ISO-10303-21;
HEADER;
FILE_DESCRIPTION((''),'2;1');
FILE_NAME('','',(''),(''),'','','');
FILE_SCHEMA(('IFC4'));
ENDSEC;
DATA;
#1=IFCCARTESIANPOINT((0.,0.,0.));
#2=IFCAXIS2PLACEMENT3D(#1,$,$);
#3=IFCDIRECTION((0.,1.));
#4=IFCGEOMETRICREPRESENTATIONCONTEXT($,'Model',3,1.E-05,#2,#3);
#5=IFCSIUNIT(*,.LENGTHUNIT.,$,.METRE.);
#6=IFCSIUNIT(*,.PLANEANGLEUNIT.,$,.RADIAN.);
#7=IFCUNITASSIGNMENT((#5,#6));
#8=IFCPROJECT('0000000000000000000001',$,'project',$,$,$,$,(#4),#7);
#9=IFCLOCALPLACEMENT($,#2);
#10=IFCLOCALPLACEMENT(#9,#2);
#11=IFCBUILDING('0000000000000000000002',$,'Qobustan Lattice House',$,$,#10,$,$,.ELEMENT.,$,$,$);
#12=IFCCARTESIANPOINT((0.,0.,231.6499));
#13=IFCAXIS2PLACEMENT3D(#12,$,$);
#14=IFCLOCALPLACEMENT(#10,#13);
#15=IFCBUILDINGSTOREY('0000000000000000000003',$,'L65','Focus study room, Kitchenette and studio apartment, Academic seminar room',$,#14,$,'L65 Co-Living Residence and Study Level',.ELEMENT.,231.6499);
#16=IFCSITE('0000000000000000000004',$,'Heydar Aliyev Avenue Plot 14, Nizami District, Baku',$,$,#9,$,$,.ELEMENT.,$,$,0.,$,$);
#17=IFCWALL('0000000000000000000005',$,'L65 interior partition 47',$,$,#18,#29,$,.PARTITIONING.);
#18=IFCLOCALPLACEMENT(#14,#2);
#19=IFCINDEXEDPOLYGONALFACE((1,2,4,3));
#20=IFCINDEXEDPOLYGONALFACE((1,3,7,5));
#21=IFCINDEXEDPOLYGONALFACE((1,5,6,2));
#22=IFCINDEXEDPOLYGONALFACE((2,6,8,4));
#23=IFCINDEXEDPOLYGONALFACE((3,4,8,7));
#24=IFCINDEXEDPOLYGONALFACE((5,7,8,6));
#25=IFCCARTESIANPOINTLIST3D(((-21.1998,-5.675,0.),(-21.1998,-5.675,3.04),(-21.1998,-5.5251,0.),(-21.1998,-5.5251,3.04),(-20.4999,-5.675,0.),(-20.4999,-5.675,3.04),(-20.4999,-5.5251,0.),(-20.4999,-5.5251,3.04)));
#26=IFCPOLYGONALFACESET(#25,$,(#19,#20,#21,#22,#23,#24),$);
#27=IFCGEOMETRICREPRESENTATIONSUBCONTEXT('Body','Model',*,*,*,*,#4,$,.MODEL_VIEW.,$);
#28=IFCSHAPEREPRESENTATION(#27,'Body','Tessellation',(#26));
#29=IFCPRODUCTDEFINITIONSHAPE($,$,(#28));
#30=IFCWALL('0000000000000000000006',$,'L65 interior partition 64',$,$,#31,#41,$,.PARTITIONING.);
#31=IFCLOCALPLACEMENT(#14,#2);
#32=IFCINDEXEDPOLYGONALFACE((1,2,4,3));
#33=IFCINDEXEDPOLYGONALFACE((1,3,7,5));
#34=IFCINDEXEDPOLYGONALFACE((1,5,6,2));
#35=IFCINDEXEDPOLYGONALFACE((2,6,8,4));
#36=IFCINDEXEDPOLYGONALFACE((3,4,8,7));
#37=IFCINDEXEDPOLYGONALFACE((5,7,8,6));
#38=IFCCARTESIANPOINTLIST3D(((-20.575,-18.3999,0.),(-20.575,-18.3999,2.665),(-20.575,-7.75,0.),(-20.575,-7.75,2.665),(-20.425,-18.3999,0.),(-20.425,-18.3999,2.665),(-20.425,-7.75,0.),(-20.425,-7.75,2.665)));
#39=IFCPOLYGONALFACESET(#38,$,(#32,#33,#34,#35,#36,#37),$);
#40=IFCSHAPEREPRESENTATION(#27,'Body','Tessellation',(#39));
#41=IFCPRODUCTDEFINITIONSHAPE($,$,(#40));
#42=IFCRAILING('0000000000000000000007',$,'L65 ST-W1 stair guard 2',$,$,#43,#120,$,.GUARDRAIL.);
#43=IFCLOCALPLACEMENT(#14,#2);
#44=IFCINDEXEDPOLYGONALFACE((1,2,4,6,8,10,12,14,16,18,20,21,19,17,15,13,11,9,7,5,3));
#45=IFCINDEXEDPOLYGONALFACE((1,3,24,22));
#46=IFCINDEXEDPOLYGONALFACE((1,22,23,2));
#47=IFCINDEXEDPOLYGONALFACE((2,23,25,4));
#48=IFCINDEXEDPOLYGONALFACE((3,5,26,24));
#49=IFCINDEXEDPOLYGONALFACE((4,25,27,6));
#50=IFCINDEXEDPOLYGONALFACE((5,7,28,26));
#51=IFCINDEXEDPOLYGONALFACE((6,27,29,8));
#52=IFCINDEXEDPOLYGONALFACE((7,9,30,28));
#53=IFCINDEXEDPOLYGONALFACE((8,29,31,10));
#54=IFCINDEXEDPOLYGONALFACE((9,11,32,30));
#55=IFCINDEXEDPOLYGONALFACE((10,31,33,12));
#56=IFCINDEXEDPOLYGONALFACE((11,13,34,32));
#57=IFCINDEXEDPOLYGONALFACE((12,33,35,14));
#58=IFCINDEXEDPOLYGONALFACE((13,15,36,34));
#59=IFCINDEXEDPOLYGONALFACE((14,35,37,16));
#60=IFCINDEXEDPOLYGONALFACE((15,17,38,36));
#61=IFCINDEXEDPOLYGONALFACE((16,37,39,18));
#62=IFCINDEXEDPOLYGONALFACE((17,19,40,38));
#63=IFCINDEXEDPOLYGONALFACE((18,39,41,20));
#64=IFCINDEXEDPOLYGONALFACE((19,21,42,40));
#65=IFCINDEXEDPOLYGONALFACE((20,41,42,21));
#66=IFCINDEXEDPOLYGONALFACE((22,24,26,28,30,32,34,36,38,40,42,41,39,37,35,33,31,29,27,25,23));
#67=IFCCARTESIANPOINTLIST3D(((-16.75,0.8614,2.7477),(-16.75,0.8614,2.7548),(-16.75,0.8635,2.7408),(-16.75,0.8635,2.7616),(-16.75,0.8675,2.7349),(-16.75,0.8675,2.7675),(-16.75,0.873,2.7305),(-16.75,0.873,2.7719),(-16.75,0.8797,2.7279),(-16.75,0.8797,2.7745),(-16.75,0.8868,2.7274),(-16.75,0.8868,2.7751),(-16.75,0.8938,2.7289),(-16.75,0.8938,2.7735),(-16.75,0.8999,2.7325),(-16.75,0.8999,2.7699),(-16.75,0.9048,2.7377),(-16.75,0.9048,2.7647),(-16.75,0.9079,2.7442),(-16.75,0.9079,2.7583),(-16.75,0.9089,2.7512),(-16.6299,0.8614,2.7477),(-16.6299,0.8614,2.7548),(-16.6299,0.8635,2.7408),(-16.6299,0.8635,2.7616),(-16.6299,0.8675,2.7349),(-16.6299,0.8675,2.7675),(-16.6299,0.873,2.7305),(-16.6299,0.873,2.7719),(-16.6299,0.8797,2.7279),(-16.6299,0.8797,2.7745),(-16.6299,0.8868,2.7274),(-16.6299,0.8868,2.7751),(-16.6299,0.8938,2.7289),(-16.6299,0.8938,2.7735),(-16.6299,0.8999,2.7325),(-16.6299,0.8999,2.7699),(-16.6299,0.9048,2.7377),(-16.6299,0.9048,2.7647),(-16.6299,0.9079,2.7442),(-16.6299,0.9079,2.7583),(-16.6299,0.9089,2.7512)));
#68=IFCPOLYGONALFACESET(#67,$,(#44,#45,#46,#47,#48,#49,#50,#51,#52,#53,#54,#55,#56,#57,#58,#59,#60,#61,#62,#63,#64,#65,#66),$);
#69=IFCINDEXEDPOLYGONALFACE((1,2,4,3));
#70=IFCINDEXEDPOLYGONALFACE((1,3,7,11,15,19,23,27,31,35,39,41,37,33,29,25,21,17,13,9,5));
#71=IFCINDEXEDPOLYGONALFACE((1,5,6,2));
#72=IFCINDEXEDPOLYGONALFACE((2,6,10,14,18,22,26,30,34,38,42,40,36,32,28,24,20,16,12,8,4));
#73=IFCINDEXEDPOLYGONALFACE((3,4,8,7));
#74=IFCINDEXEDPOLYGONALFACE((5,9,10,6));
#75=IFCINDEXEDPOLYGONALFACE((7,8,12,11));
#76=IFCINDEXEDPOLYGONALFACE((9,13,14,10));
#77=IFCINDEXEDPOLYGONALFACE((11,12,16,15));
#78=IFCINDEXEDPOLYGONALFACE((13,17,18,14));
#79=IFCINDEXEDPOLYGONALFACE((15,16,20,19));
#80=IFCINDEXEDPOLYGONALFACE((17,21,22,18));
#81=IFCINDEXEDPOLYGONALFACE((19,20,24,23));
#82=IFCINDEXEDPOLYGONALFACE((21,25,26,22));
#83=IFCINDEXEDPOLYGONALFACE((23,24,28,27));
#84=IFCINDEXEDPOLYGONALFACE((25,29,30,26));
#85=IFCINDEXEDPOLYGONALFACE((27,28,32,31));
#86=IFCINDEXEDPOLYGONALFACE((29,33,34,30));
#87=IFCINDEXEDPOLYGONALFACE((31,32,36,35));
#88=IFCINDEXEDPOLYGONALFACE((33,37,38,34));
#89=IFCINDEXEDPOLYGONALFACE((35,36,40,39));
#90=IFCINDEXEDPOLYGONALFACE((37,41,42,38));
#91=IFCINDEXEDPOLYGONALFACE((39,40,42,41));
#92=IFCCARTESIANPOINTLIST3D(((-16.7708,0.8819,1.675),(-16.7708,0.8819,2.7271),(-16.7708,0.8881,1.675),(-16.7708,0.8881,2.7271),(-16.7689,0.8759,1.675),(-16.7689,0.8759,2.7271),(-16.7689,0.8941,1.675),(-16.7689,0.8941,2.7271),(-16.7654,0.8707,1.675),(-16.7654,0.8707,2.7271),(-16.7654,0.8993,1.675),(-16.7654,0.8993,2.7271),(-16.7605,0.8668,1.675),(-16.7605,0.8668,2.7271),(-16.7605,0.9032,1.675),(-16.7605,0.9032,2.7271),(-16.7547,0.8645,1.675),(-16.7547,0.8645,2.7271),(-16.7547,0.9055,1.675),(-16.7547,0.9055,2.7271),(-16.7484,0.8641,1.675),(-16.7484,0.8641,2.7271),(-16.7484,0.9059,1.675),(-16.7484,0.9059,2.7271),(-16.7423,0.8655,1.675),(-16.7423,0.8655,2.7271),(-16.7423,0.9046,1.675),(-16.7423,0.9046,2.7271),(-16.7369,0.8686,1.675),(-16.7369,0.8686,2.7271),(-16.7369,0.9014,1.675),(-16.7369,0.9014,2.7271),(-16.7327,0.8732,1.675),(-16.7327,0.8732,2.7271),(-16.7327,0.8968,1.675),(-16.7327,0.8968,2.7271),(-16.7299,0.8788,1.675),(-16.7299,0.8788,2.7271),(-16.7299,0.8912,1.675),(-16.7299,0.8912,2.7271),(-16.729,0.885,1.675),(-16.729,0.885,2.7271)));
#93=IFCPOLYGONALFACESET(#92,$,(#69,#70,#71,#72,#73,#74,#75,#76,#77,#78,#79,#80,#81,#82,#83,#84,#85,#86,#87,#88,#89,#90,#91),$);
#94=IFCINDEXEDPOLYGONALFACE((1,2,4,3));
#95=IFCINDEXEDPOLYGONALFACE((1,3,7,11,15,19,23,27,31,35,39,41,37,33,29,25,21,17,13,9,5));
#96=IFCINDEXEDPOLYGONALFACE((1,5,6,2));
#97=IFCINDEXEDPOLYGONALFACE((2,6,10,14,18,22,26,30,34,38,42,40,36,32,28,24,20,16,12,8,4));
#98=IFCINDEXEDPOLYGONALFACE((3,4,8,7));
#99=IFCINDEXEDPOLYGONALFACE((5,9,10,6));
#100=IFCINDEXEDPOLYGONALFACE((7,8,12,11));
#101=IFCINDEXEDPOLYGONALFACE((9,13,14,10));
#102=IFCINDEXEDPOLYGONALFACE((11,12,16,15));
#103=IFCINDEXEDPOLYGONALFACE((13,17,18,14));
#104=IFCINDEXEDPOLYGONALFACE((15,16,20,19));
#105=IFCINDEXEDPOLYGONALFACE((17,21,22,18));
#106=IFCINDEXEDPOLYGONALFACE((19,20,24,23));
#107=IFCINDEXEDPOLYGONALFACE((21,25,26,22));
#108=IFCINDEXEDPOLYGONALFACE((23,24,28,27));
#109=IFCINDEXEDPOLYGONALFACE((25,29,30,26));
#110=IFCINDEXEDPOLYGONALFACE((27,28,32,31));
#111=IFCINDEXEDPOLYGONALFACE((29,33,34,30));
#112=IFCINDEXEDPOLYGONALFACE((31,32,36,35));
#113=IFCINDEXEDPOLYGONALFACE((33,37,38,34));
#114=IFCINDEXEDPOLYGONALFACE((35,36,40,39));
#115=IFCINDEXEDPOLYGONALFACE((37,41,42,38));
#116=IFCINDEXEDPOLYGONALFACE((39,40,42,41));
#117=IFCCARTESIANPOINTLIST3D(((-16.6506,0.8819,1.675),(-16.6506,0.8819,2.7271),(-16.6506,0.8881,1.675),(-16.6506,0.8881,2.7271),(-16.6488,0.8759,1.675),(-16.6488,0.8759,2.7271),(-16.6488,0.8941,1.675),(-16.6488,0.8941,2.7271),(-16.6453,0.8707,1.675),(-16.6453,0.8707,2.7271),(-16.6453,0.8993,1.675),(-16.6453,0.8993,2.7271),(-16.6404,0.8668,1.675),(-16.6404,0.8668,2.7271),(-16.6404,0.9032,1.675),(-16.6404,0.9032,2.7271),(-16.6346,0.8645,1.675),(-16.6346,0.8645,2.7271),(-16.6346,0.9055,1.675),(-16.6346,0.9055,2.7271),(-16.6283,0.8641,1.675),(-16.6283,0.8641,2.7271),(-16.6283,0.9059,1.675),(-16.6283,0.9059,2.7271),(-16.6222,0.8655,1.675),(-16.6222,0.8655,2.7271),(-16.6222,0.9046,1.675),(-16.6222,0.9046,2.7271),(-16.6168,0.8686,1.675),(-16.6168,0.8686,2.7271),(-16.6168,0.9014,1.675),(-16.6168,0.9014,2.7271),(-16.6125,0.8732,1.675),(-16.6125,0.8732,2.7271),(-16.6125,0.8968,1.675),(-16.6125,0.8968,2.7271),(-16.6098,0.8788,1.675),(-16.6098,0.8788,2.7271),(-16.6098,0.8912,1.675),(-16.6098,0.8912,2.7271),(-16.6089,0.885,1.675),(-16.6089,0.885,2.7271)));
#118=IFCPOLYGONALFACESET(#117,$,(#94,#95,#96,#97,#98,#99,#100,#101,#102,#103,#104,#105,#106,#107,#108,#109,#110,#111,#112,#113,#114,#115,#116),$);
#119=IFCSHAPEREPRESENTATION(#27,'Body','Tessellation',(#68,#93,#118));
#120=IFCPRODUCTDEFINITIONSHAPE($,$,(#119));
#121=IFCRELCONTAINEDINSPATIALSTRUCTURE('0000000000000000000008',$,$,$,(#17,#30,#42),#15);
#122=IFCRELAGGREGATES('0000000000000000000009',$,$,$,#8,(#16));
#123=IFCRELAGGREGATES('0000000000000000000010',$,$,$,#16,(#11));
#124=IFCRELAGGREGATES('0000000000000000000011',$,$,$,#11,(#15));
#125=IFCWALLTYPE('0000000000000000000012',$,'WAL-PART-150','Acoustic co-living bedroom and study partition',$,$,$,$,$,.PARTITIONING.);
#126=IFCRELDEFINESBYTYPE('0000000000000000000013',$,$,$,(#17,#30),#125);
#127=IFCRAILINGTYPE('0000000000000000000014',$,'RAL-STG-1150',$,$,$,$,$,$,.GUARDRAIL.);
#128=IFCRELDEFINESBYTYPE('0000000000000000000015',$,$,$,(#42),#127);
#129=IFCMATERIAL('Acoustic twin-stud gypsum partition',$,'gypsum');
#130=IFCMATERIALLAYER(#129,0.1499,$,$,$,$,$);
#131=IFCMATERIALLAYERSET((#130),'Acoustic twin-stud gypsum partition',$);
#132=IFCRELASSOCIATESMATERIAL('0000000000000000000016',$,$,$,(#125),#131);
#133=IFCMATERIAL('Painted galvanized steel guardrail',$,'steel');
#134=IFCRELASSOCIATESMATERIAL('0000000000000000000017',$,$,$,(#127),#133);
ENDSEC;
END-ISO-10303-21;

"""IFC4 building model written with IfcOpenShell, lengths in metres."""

from ifc_helpers import new_model, si_unit, direction, frame, frame_2d, origin, origin_2d, place, context, subcontext, project, spatial, rectangle, circle, extrude, material, layer, layer_set, type_object, element, save


model = new_model("IFC4")

# Units and contexts
model_context = context("Model", 3, precision=1e-05, world=origin(), true_north=direction((0.0, 1.0)))
body_context = subcontext(model_context, "Body", "Model", "MODEL_VIEW")
ifc_project = project(units=[si_unit("LENGTHUNIT", "METRE"), si_unit("PLANEANGLEUNIT", "RADIAN")], contexts=[model_context])

# Site, building, storey
site_placement = place(None, origin())
site = spatial("IfcSite", under=ifc_project, at=site_placement, Name="Heydar Aliyev Avenue Plot 14, Nizami District, Baku", CompositionType="ELEMENT", RefElevation=0.0)
building_placement = place(site_placement, origin())
building = spatial("IfcBuilding", under=site, at=building_placement, Name="Qobustan Lattice House", CompositionType="ELEMENT")
storey_placement = place(building_placement, frame((0.0, 0.0, 231.6499)))
storey = spatial("IfcBuildingStorey", under=building, at=storey_placement, Name="L65", Description="Focus study room, Kitchenette and studio apartment, Academic seminar room", LongName="L65 Co-Living Residence and Study Level", CompositionType="ELEMENT", Elevation=231.6499)

# Shared definitions
ifc_material_1 = material(Name="Acoustic twin-stud gypsum partition", Category="gypsum")
ifc_layer_1 = layer(ifc_material_1, 0.1499)
ifc_layer_set_1 = layer_set([ifc_layer_1], Name="Acoustic twin-stud gypsum partition")
wall_type_1 = type_object("IfcWallType", Name="WAL-PART-150", Description="Acoustic co-living bedroom and study partition", PredefinedType="PARTITIONING", material=ifc_layer_set_1)

# Walls
for number, where, z_axis, x_axis, name in (
    (1, (-21.2, -5.6001, 0.0), (0.0, 0.0, 1.0), (1.0, 0.0, 0.0), "L65 interior partition 47"),
):
    element("IfcWall", number, at=place(storey_placement, frame(where, z_axis=z_axis, x_axis=x_axis)), inside=storey, type_object=wall_type_1, Name=name, PredefinedType="PARTITIONING", context=body_context, shape_type="SweptSolid", body=[
        extrude(rectangle(XDim=0.7, YDim=0.1499, at=frame_2d((0.3501, 0.0))), origin(), (0.0, 0.0, 1.0), 3.04),
    ])
wall_1_placement = place(storey_placement, frame((-20.5, -7.75, 0.0), z_axis=(0.0, 0.0, 1.0), x_axis=(0.0, -1.0, 0.0)))
element("IfcWall", 2, at=wall_1_placement, inside=storey, type_object=wall_type_1, Name="L65 interior partition 64", PredefinedType="PARTITIONING", context=body_context, shape_type="SweptSolid", body=[
    extrude(rectangle(XDim=10.6499, YDim=0.1499, at=frame_2d((5.325, 0.0))), origin(), (0.0, 0.0, 1.0), 2.665),
])

# Railing
ifc_material_2 = material(Name="Painted galvanized steel guardrail", Category="steel")
railing_type = type_object("IfcRailingType", Name="RAL-STG-1150", PredefinedType="GUARDRAIL", material=ifc_material_2)
railing_placement = place(storey_placement, frame((-16.75, 0.885, 1.675)))
element("IfcRailing", 3, at=railing_placement, inside=storey, type_object=railing_type, Name="L65 ST-W1 stair guard 2", PredefinedType="GUARDRAIL", context=body_context, shape_type="SweptSolid", body=[
    extrude(circle(Radius=0.0239, at=origin_2d()), frame((0.0, 0.0, 1.0762), z_axis=(1.0, 0.0, 0.0), x_axis=(0.0, 1.0, 0.0)), (0.0, 0.0, 1.0), 0.1201),
    extrude(circle(Radius=0.021, at=origin_2d()), origin(), (0.0, 0.0, 1.0), 1.052),
    extrude(circle(Radius=0.021, at=origin_2d()), frame((0.1201, 0.0, 0.0)), (0.0, 0.0, 1.0), 1.052),
])

save(model, "model.ifc")
